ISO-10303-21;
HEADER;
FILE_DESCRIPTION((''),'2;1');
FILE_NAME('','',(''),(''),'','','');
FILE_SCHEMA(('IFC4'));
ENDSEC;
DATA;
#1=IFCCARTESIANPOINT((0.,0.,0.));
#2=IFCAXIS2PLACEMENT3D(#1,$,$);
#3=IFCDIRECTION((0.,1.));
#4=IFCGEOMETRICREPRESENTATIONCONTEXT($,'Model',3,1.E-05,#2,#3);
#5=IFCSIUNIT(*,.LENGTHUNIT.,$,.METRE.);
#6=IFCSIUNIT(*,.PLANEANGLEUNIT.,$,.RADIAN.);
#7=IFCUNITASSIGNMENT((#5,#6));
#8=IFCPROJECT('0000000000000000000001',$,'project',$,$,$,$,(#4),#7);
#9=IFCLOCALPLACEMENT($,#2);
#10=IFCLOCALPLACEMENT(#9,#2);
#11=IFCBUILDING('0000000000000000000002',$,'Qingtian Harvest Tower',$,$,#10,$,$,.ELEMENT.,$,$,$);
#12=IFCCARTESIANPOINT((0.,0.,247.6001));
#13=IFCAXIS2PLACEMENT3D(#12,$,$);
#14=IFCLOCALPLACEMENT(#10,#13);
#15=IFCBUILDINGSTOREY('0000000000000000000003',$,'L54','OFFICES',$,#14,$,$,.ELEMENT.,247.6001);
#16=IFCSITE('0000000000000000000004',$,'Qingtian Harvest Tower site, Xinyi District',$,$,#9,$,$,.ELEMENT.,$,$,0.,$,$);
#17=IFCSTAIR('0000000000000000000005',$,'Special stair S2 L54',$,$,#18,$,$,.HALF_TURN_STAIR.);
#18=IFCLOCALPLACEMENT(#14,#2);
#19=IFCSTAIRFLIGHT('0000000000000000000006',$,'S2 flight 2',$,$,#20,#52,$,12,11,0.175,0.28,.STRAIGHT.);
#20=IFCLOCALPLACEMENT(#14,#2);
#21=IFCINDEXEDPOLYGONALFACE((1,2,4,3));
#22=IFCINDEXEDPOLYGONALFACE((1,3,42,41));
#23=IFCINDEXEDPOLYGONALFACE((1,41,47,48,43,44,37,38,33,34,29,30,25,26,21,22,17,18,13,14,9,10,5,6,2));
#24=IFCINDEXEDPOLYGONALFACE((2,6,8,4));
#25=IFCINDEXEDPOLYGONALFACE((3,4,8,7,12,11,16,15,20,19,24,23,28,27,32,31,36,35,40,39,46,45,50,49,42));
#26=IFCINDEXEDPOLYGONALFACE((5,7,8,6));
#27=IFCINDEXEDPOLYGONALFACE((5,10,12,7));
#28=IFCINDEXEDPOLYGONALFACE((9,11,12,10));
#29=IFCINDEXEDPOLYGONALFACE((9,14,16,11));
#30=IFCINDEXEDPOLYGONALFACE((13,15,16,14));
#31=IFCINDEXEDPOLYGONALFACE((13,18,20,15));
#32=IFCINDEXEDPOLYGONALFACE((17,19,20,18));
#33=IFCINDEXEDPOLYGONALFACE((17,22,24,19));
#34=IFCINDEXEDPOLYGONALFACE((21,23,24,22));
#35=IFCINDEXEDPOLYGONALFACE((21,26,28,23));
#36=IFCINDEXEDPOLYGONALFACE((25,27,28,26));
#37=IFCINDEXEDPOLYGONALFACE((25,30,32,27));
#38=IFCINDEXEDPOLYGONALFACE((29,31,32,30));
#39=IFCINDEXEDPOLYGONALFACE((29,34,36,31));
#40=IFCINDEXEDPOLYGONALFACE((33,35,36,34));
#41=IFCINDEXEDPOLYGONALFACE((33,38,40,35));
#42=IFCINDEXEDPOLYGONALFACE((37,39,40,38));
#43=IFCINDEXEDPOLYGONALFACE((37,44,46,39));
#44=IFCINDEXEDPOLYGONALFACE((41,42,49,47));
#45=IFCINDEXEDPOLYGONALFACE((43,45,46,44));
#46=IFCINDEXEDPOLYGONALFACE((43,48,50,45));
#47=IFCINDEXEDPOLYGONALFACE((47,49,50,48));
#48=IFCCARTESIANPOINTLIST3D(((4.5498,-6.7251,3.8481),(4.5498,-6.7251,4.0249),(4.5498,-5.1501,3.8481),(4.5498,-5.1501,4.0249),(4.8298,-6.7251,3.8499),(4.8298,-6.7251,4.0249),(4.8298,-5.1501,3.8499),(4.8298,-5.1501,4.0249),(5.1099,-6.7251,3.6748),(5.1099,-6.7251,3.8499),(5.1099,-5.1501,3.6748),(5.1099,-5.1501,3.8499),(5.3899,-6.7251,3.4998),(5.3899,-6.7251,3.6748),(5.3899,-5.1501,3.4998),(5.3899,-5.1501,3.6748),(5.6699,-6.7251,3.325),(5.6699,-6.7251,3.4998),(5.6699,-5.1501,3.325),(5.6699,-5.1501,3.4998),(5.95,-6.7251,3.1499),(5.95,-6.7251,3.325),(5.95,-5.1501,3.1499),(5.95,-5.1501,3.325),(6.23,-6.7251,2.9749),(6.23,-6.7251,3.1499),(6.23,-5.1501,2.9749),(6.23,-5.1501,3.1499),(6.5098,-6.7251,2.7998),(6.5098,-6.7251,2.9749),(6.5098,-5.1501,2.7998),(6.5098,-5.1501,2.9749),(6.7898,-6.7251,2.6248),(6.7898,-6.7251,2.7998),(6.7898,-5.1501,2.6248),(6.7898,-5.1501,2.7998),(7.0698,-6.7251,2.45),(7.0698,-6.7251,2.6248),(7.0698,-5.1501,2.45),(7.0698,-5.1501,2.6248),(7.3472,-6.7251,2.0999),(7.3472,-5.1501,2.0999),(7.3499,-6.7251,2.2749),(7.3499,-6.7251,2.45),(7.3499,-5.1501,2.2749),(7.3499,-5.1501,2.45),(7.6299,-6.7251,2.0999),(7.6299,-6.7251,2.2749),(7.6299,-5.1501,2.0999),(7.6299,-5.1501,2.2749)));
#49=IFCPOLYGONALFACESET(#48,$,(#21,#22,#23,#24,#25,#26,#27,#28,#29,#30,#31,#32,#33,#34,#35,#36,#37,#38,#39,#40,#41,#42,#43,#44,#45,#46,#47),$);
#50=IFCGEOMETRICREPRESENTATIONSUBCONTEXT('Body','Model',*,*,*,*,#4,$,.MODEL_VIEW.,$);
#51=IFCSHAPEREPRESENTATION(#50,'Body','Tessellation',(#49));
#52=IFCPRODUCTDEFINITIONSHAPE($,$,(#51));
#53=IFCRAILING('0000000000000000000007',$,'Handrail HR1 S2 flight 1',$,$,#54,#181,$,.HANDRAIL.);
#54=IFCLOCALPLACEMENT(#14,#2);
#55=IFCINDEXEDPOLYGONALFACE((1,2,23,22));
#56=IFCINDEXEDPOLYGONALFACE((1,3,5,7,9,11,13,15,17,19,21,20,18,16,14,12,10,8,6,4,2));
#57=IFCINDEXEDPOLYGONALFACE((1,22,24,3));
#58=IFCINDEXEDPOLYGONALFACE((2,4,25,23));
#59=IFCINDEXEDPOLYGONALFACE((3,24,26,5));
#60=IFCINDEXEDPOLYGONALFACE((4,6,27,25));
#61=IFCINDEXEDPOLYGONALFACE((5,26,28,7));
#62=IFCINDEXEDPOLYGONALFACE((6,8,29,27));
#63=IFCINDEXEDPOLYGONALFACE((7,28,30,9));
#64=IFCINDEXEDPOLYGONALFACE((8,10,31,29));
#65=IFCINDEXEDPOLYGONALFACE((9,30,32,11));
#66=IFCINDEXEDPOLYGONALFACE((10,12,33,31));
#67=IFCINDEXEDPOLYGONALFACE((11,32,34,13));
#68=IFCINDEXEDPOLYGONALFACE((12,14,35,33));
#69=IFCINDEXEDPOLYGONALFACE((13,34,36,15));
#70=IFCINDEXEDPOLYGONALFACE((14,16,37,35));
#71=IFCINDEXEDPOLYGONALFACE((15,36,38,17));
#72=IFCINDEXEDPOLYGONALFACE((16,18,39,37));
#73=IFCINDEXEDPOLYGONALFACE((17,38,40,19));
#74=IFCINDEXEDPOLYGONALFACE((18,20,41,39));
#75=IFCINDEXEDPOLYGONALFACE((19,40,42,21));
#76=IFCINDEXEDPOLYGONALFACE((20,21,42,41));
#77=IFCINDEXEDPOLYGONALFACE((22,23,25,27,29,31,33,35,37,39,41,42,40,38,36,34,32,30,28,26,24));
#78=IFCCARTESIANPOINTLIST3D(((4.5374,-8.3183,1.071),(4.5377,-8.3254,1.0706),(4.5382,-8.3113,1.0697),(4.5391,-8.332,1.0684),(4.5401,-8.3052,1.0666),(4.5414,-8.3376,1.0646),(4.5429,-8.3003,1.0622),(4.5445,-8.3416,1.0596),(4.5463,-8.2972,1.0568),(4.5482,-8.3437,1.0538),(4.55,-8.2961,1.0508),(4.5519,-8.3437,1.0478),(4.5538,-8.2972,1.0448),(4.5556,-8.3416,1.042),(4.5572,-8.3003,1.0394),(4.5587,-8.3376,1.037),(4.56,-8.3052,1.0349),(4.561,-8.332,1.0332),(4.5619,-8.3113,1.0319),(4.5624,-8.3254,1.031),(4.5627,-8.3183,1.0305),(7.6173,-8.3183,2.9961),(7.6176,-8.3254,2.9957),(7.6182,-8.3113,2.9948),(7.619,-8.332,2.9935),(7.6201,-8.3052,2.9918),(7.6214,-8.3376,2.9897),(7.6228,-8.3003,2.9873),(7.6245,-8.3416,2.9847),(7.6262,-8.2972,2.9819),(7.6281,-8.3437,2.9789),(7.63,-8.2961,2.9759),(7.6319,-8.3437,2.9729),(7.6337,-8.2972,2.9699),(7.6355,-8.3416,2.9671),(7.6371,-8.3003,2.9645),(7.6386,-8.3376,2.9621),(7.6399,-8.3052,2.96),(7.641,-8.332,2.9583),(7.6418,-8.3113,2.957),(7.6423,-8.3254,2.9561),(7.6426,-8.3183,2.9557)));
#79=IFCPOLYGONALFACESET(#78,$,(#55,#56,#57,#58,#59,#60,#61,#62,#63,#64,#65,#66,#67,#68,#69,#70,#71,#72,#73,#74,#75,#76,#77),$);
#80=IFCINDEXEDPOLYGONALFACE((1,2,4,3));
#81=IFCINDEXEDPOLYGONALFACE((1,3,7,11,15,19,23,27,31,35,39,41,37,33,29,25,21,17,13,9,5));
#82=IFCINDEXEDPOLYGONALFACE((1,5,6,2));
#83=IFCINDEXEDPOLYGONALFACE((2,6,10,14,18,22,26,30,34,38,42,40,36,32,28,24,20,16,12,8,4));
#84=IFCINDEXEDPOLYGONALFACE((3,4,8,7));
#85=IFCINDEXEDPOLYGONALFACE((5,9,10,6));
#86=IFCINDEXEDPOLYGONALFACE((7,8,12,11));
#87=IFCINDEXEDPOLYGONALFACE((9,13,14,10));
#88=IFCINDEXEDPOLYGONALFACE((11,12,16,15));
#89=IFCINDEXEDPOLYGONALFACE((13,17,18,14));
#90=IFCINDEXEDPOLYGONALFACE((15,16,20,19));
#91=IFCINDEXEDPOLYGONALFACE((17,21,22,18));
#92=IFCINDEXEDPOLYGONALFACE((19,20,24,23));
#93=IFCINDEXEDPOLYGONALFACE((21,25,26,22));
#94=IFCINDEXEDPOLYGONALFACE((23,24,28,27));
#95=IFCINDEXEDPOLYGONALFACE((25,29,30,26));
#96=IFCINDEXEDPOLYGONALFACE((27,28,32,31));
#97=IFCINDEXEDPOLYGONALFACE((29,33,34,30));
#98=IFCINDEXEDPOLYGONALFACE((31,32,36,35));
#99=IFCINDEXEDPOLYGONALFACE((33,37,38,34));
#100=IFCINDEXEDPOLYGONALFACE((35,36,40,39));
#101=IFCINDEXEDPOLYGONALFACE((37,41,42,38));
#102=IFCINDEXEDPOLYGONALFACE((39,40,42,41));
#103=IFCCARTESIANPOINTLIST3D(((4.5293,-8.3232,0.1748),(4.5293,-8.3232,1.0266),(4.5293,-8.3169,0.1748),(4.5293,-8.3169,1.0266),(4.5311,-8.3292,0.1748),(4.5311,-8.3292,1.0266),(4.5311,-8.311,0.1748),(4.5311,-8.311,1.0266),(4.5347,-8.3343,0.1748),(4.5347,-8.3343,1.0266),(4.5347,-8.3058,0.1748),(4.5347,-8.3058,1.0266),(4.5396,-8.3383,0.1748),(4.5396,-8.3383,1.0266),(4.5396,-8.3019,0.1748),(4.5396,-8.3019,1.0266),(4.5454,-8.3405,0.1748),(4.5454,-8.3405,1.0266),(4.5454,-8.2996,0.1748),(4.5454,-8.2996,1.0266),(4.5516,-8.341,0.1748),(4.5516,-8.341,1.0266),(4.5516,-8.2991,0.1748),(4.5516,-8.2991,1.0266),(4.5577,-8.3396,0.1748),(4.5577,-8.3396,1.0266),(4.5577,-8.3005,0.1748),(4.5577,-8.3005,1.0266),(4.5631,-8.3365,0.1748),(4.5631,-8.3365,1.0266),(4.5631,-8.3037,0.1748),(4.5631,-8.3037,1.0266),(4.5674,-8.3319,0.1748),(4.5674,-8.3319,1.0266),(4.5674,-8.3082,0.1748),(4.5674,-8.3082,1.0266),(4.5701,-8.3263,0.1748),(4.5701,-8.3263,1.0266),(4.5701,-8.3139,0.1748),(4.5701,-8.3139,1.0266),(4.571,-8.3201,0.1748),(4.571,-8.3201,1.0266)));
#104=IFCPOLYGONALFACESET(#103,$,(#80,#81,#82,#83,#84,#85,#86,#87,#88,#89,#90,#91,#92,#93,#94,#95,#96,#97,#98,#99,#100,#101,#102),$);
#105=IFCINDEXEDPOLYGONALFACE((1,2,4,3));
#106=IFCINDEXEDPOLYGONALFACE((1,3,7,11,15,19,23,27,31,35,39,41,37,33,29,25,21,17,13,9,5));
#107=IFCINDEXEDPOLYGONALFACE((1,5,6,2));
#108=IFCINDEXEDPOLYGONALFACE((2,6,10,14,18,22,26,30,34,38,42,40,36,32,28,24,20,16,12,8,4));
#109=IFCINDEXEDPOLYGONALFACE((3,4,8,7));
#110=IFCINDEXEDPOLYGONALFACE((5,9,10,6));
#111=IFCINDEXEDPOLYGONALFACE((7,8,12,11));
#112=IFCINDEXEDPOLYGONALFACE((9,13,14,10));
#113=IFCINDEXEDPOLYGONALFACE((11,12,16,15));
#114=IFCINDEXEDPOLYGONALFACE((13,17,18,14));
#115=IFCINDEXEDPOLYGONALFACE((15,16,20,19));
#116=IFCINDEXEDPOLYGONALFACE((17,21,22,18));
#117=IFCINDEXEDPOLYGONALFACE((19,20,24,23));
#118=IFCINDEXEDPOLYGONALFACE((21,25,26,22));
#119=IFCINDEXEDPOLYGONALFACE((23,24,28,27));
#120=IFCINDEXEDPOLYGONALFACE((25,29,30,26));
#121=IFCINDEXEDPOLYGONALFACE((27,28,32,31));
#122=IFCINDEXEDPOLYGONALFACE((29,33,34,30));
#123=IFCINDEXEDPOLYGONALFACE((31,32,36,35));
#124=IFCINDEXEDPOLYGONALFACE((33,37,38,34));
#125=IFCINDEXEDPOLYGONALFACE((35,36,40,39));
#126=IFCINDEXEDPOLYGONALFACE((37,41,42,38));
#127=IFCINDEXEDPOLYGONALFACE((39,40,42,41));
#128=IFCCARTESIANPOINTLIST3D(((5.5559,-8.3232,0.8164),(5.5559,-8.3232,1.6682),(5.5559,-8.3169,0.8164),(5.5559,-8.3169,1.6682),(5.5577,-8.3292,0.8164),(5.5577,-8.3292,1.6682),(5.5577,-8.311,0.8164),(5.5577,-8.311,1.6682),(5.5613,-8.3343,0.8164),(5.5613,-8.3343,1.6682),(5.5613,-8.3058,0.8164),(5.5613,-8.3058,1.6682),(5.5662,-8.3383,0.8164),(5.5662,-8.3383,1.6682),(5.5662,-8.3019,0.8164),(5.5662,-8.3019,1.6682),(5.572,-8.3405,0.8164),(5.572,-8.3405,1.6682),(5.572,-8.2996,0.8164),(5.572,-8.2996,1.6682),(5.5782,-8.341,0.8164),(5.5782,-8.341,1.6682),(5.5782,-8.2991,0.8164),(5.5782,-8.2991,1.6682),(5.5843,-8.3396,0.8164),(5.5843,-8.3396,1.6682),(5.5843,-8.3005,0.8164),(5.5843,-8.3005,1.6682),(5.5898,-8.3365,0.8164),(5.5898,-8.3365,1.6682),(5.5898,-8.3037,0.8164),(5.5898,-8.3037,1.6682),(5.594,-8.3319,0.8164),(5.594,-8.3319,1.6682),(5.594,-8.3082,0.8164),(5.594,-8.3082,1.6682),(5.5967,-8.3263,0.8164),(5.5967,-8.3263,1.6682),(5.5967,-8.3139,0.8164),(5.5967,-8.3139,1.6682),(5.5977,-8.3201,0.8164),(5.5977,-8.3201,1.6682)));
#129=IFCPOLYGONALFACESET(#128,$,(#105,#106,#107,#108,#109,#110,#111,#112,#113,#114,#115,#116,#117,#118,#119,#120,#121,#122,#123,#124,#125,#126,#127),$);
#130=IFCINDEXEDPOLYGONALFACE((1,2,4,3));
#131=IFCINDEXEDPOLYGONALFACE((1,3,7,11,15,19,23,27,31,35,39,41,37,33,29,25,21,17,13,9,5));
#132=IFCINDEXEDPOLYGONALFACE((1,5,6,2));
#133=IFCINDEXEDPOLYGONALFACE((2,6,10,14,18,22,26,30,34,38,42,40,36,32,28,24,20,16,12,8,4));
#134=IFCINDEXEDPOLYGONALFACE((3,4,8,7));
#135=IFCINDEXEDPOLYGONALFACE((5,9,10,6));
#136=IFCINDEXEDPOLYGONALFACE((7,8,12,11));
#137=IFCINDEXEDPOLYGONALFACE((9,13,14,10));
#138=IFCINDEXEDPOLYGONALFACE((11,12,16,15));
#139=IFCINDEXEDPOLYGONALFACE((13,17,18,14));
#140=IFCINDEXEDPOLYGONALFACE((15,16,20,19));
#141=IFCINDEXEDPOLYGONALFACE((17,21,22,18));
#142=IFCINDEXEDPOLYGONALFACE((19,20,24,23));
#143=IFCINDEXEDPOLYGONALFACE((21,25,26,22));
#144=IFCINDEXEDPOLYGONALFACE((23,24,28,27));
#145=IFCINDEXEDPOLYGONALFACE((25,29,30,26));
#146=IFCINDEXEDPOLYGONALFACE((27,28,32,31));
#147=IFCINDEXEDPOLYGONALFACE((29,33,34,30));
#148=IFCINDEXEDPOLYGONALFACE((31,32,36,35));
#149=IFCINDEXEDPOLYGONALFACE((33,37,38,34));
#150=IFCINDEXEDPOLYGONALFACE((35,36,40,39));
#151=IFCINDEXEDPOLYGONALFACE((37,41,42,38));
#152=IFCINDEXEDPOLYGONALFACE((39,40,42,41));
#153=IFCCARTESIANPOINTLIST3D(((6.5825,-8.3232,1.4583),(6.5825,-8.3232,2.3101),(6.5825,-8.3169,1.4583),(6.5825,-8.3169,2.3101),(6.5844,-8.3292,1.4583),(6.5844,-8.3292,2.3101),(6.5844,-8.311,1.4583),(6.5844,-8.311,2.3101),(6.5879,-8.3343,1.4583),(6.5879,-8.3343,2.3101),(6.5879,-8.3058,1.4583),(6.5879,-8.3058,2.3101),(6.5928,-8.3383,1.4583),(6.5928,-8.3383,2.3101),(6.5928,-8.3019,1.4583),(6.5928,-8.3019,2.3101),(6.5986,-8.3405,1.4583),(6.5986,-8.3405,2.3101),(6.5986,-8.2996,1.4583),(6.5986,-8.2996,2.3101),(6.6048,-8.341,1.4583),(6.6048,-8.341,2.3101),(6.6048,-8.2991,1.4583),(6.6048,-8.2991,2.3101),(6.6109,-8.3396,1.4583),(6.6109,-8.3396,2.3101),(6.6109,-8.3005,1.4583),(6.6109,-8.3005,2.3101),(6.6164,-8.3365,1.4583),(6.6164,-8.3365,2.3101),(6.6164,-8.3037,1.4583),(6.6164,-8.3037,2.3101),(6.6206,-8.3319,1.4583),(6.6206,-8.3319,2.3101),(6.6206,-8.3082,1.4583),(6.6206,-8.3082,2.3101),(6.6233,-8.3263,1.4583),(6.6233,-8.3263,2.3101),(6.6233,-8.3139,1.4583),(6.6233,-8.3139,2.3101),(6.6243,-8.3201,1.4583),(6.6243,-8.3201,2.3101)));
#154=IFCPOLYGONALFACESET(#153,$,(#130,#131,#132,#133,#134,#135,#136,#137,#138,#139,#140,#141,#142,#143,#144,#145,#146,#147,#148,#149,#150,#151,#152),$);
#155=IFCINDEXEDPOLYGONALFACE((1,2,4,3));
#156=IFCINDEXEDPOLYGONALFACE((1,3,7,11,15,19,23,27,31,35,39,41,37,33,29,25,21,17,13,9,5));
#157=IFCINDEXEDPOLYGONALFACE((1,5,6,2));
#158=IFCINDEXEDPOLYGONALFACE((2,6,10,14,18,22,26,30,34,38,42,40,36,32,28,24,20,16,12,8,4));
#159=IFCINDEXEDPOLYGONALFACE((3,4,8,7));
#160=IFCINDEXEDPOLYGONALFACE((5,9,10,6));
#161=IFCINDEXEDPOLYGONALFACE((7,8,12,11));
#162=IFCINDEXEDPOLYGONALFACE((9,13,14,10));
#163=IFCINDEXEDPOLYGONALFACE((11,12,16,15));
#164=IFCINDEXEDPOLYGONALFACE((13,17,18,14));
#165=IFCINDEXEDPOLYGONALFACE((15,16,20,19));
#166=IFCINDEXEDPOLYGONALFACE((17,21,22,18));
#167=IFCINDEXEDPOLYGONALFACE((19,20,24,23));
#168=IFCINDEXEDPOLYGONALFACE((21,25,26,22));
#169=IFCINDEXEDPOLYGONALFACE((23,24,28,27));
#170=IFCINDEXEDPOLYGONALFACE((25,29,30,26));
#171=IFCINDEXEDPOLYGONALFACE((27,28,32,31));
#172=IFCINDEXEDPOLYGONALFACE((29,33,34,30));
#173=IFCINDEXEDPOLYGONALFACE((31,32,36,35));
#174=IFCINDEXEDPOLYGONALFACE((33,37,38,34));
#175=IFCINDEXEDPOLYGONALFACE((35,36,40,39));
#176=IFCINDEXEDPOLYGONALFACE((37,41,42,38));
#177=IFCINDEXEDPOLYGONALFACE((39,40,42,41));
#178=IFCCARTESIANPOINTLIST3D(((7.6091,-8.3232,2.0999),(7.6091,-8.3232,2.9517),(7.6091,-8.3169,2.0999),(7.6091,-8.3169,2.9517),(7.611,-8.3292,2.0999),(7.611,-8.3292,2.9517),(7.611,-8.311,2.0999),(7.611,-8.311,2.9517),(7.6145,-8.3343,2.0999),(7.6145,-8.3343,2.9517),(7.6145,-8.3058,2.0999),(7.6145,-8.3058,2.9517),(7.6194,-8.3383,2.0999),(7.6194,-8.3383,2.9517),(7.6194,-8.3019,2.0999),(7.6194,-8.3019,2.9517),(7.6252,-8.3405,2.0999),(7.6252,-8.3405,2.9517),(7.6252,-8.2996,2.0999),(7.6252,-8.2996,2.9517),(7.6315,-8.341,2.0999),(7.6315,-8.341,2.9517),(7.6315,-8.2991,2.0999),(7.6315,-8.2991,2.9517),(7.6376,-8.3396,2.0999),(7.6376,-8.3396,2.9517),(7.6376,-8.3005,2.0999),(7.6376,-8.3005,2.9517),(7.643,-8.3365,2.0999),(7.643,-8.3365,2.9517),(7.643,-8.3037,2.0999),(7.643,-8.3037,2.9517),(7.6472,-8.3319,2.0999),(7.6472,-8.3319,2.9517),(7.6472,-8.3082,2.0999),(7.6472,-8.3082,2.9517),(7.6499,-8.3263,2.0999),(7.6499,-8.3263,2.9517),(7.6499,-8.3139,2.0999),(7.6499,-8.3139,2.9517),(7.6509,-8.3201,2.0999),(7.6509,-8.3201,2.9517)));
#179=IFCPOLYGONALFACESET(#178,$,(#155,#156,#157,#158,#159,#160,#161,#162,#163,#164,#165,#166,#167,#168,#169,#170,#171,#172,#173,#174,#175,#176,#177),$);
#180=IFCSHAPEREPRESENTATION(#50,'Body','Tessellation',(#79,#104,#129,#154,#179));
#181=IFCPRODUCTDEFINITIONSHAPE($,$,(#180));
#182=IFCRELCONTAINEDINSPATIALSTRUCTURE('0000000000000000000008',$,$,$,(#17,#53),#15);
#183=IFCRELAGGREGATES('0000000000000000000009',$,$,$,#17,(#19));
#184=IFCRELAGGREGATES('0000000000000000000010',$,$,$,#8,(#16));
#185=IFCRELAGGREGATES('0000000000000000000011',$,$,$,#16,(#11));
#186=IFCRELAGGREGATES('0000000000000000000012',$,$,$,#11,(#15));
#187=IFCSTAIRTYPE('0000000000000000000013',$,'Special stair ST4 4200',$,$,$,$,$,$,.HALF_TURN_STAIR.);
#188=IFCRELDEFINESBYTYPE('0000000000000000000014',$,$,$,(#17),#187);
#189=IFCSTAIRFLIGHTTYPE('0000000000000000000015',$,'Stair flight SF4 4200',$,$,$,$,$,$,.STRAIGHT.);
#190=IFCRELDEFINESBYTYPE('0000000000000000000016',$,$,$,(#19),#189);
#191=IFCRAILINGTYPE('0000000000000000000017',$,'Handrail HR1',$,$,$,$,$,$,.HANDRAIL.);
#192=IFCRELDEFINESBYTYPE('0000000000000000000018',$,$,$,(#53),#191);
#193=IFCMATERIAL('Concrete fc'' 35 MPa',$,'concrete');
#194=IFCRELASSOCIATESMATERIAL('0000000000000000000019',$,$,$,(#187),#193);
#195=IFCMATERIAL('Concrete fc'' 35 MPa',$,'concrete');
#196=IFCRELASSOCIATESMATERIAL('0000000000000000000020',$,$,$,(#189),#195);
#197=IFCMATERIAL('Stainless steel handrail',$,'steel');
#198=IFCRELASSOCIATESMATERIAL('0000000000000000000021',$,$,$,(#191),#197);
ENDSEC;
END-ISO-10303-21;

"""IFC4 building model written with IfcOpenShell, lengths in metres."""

from ifc_helpers import new_model, si_unit, direction, frame, origin, origin_2d, place, context, subcontext, project, spatial, polyline, circle, outline, extrude, material, type_object, element, aggregate, save


model = new_model("IFC4")

# Units and contexts
model_context = context("Model", 3, precision=1e-05, world=origin(), true_north=direction((0.0, 1.0)))
body_context = subcontext(model_context, "Body", "Model", "MODEL_VIEW")
ifc_project = project(units=[si_unit("LENGTHUNIT", "METRE"), si_unit("PLANEANGLEUNIT", "RADIAN")], contexts=[model_context])

# Site, building, storey
site_placement = place(None, origin())
site = spatial("IfcSite", under=ifc_project, at=site_placement, Name="Qingtian Harvest Tower site, Xinyi District", CompositionType="ELEMENT", RefElevation=0.0)
building_placement = place(site_placement, origin())
building = spatial("IfcBuilding", under=site, at=building_placement, Name="Qingtian Harvest Tower", CompositionType="ELEMENT")
storey_placement = place(building_placement, frame((0.0, 0.0, 247.6001)))
storey = spatial("IfcBuildingStorey", under=building, at=storey_placement, Name="L54", Description="OFFICES", CompositionType="ELEMENT", Elevation=247.6001)

# Stair, stair flight
ifc_material_1 = material(Name="Concrete fc' 35 MPa", Category="concrete")
stair_type = type_object("IfcStairType", Name="Special stair ST4 4200", PredefinedType="HALF_TURN_STAIR", material=ifc_material_1)
stair_placement = place(storey_placement, origin())
stair = element("IfcStair", 1, at=stair_placement, inside=storey, type_object=stair_type, Name="Special stair S2 L54", PredefinedType="HALF_TURN_STAIR")
ifc_material_2 = material(Name="Concrete fc' 35 MPa", Category="concrete")
stair_flight_type = type_object("IfcStairFlightType", Name="Stair flight SF4 4200", PredefinedType="STRAIGHT", material=ifc_material_2)
stair_flight_1_placement = place(storey_placement, frame((7.6299, -5.9375, 2.0999), z_axis=(0.0, 0.0, 1.0), x_axis=(-1.0, 0.0, 0.0)))
stair_flight_1 = element("IfcStairFlight", 2, at=stair_flight_1_placement, type_object=stair_flight_type, Name="S2 flight 2", NumberOfRisers=12, NumberOfTreads=11, PredefinedType="STRAIGHT", RiserHeight=0.175, TreadLength=0.28, context=body_context, shape_type="SweptSolid", body=[
    extrude(outline(polyline([(0.0, 0.0), (0.0, 0.175), (0.28, 0.175), (0.28, 0.3501), (0.5601, 0.3501), (0.5601, 0.5249), (0.8401, 0.5249), (0.8401, 0.7), (1.1201, 0.7), (1.1201, 0.875), (1.3999, 0.875), (1.3999, 1.05), (1.6799, 1.05), (1.6799, 1.2251), (1.96, 1.2251), (1.96, 1.3999), (2.24, 1.3999), (2.24, 1.575), (2.52, 1.575), (2.52, 1.75), (2.8, 1.75), (2.8, 1.925), (3.0801, 1.925), (3.0801, 2.1001), (3.0801, 1.7483), (0.2827, 0.0), (0.0, 0.0)])), frame((0.0, 0.7876, 0.0), z_axis=(0.0, -1.0, 0.0), x_axis=(1.0, 0.0, 0.0)), (0.0, 0.0, 1.0), 1.575),
])
aggregate(stair, [stair_flight_1])

# Railing
ifc_material_3 = material(Name="Stainless steel handrail", Category="steel")
railing_type = type_object("IfcRailingType", Name="Handrail HR1", PredefinedType="HANDRAIL", material=ifc_material_3)
railing_1_placement = place(storey_placement, frame((4.55, -8.3201, 0.1748)))
element("IfcRailing", 3, at=railing_1_placement, inside=storey, type_object=railing_type, Name="Handrail HR1 S2 flight 1", PredefinedType="HANDRAIL", context=body_context, shape_type="SweptSolid", body=[
    extrude(circle(Radius=0.0239, at=origin_2d()), frame((0.0, 0.0, 0.876), z_axis=(0.847979, 0.0, 0.530029), x_axis=(0.0, 1.0, 0.0)), (0.0, 0.0, 1.0), 3.6321),
    extrude(circle(Radius=0.021, at=origin_2d()), origin(), (0.0, 0.0, 1.0), 0.8518),
    extrude(circle(Radius=0.021, at=origin_2d()), frame((1.0266, 0.0, 0.6416)), (0.0, 0.0, 1.0), 0.8518),
    extrude(circle(Radius=0.021, at=origin_2d()), frame((2.0532, 0.0, 1.2834)), (0.0, 0.0, 1.0), 0.8518),
    extrude(circle(Radius=0.021, at=origin_2d()), frame((3.0798, 0.0, 1.925)), (0.0, 0.0, 1.0), 0.8518),
])

save(model, "model.ifc")
